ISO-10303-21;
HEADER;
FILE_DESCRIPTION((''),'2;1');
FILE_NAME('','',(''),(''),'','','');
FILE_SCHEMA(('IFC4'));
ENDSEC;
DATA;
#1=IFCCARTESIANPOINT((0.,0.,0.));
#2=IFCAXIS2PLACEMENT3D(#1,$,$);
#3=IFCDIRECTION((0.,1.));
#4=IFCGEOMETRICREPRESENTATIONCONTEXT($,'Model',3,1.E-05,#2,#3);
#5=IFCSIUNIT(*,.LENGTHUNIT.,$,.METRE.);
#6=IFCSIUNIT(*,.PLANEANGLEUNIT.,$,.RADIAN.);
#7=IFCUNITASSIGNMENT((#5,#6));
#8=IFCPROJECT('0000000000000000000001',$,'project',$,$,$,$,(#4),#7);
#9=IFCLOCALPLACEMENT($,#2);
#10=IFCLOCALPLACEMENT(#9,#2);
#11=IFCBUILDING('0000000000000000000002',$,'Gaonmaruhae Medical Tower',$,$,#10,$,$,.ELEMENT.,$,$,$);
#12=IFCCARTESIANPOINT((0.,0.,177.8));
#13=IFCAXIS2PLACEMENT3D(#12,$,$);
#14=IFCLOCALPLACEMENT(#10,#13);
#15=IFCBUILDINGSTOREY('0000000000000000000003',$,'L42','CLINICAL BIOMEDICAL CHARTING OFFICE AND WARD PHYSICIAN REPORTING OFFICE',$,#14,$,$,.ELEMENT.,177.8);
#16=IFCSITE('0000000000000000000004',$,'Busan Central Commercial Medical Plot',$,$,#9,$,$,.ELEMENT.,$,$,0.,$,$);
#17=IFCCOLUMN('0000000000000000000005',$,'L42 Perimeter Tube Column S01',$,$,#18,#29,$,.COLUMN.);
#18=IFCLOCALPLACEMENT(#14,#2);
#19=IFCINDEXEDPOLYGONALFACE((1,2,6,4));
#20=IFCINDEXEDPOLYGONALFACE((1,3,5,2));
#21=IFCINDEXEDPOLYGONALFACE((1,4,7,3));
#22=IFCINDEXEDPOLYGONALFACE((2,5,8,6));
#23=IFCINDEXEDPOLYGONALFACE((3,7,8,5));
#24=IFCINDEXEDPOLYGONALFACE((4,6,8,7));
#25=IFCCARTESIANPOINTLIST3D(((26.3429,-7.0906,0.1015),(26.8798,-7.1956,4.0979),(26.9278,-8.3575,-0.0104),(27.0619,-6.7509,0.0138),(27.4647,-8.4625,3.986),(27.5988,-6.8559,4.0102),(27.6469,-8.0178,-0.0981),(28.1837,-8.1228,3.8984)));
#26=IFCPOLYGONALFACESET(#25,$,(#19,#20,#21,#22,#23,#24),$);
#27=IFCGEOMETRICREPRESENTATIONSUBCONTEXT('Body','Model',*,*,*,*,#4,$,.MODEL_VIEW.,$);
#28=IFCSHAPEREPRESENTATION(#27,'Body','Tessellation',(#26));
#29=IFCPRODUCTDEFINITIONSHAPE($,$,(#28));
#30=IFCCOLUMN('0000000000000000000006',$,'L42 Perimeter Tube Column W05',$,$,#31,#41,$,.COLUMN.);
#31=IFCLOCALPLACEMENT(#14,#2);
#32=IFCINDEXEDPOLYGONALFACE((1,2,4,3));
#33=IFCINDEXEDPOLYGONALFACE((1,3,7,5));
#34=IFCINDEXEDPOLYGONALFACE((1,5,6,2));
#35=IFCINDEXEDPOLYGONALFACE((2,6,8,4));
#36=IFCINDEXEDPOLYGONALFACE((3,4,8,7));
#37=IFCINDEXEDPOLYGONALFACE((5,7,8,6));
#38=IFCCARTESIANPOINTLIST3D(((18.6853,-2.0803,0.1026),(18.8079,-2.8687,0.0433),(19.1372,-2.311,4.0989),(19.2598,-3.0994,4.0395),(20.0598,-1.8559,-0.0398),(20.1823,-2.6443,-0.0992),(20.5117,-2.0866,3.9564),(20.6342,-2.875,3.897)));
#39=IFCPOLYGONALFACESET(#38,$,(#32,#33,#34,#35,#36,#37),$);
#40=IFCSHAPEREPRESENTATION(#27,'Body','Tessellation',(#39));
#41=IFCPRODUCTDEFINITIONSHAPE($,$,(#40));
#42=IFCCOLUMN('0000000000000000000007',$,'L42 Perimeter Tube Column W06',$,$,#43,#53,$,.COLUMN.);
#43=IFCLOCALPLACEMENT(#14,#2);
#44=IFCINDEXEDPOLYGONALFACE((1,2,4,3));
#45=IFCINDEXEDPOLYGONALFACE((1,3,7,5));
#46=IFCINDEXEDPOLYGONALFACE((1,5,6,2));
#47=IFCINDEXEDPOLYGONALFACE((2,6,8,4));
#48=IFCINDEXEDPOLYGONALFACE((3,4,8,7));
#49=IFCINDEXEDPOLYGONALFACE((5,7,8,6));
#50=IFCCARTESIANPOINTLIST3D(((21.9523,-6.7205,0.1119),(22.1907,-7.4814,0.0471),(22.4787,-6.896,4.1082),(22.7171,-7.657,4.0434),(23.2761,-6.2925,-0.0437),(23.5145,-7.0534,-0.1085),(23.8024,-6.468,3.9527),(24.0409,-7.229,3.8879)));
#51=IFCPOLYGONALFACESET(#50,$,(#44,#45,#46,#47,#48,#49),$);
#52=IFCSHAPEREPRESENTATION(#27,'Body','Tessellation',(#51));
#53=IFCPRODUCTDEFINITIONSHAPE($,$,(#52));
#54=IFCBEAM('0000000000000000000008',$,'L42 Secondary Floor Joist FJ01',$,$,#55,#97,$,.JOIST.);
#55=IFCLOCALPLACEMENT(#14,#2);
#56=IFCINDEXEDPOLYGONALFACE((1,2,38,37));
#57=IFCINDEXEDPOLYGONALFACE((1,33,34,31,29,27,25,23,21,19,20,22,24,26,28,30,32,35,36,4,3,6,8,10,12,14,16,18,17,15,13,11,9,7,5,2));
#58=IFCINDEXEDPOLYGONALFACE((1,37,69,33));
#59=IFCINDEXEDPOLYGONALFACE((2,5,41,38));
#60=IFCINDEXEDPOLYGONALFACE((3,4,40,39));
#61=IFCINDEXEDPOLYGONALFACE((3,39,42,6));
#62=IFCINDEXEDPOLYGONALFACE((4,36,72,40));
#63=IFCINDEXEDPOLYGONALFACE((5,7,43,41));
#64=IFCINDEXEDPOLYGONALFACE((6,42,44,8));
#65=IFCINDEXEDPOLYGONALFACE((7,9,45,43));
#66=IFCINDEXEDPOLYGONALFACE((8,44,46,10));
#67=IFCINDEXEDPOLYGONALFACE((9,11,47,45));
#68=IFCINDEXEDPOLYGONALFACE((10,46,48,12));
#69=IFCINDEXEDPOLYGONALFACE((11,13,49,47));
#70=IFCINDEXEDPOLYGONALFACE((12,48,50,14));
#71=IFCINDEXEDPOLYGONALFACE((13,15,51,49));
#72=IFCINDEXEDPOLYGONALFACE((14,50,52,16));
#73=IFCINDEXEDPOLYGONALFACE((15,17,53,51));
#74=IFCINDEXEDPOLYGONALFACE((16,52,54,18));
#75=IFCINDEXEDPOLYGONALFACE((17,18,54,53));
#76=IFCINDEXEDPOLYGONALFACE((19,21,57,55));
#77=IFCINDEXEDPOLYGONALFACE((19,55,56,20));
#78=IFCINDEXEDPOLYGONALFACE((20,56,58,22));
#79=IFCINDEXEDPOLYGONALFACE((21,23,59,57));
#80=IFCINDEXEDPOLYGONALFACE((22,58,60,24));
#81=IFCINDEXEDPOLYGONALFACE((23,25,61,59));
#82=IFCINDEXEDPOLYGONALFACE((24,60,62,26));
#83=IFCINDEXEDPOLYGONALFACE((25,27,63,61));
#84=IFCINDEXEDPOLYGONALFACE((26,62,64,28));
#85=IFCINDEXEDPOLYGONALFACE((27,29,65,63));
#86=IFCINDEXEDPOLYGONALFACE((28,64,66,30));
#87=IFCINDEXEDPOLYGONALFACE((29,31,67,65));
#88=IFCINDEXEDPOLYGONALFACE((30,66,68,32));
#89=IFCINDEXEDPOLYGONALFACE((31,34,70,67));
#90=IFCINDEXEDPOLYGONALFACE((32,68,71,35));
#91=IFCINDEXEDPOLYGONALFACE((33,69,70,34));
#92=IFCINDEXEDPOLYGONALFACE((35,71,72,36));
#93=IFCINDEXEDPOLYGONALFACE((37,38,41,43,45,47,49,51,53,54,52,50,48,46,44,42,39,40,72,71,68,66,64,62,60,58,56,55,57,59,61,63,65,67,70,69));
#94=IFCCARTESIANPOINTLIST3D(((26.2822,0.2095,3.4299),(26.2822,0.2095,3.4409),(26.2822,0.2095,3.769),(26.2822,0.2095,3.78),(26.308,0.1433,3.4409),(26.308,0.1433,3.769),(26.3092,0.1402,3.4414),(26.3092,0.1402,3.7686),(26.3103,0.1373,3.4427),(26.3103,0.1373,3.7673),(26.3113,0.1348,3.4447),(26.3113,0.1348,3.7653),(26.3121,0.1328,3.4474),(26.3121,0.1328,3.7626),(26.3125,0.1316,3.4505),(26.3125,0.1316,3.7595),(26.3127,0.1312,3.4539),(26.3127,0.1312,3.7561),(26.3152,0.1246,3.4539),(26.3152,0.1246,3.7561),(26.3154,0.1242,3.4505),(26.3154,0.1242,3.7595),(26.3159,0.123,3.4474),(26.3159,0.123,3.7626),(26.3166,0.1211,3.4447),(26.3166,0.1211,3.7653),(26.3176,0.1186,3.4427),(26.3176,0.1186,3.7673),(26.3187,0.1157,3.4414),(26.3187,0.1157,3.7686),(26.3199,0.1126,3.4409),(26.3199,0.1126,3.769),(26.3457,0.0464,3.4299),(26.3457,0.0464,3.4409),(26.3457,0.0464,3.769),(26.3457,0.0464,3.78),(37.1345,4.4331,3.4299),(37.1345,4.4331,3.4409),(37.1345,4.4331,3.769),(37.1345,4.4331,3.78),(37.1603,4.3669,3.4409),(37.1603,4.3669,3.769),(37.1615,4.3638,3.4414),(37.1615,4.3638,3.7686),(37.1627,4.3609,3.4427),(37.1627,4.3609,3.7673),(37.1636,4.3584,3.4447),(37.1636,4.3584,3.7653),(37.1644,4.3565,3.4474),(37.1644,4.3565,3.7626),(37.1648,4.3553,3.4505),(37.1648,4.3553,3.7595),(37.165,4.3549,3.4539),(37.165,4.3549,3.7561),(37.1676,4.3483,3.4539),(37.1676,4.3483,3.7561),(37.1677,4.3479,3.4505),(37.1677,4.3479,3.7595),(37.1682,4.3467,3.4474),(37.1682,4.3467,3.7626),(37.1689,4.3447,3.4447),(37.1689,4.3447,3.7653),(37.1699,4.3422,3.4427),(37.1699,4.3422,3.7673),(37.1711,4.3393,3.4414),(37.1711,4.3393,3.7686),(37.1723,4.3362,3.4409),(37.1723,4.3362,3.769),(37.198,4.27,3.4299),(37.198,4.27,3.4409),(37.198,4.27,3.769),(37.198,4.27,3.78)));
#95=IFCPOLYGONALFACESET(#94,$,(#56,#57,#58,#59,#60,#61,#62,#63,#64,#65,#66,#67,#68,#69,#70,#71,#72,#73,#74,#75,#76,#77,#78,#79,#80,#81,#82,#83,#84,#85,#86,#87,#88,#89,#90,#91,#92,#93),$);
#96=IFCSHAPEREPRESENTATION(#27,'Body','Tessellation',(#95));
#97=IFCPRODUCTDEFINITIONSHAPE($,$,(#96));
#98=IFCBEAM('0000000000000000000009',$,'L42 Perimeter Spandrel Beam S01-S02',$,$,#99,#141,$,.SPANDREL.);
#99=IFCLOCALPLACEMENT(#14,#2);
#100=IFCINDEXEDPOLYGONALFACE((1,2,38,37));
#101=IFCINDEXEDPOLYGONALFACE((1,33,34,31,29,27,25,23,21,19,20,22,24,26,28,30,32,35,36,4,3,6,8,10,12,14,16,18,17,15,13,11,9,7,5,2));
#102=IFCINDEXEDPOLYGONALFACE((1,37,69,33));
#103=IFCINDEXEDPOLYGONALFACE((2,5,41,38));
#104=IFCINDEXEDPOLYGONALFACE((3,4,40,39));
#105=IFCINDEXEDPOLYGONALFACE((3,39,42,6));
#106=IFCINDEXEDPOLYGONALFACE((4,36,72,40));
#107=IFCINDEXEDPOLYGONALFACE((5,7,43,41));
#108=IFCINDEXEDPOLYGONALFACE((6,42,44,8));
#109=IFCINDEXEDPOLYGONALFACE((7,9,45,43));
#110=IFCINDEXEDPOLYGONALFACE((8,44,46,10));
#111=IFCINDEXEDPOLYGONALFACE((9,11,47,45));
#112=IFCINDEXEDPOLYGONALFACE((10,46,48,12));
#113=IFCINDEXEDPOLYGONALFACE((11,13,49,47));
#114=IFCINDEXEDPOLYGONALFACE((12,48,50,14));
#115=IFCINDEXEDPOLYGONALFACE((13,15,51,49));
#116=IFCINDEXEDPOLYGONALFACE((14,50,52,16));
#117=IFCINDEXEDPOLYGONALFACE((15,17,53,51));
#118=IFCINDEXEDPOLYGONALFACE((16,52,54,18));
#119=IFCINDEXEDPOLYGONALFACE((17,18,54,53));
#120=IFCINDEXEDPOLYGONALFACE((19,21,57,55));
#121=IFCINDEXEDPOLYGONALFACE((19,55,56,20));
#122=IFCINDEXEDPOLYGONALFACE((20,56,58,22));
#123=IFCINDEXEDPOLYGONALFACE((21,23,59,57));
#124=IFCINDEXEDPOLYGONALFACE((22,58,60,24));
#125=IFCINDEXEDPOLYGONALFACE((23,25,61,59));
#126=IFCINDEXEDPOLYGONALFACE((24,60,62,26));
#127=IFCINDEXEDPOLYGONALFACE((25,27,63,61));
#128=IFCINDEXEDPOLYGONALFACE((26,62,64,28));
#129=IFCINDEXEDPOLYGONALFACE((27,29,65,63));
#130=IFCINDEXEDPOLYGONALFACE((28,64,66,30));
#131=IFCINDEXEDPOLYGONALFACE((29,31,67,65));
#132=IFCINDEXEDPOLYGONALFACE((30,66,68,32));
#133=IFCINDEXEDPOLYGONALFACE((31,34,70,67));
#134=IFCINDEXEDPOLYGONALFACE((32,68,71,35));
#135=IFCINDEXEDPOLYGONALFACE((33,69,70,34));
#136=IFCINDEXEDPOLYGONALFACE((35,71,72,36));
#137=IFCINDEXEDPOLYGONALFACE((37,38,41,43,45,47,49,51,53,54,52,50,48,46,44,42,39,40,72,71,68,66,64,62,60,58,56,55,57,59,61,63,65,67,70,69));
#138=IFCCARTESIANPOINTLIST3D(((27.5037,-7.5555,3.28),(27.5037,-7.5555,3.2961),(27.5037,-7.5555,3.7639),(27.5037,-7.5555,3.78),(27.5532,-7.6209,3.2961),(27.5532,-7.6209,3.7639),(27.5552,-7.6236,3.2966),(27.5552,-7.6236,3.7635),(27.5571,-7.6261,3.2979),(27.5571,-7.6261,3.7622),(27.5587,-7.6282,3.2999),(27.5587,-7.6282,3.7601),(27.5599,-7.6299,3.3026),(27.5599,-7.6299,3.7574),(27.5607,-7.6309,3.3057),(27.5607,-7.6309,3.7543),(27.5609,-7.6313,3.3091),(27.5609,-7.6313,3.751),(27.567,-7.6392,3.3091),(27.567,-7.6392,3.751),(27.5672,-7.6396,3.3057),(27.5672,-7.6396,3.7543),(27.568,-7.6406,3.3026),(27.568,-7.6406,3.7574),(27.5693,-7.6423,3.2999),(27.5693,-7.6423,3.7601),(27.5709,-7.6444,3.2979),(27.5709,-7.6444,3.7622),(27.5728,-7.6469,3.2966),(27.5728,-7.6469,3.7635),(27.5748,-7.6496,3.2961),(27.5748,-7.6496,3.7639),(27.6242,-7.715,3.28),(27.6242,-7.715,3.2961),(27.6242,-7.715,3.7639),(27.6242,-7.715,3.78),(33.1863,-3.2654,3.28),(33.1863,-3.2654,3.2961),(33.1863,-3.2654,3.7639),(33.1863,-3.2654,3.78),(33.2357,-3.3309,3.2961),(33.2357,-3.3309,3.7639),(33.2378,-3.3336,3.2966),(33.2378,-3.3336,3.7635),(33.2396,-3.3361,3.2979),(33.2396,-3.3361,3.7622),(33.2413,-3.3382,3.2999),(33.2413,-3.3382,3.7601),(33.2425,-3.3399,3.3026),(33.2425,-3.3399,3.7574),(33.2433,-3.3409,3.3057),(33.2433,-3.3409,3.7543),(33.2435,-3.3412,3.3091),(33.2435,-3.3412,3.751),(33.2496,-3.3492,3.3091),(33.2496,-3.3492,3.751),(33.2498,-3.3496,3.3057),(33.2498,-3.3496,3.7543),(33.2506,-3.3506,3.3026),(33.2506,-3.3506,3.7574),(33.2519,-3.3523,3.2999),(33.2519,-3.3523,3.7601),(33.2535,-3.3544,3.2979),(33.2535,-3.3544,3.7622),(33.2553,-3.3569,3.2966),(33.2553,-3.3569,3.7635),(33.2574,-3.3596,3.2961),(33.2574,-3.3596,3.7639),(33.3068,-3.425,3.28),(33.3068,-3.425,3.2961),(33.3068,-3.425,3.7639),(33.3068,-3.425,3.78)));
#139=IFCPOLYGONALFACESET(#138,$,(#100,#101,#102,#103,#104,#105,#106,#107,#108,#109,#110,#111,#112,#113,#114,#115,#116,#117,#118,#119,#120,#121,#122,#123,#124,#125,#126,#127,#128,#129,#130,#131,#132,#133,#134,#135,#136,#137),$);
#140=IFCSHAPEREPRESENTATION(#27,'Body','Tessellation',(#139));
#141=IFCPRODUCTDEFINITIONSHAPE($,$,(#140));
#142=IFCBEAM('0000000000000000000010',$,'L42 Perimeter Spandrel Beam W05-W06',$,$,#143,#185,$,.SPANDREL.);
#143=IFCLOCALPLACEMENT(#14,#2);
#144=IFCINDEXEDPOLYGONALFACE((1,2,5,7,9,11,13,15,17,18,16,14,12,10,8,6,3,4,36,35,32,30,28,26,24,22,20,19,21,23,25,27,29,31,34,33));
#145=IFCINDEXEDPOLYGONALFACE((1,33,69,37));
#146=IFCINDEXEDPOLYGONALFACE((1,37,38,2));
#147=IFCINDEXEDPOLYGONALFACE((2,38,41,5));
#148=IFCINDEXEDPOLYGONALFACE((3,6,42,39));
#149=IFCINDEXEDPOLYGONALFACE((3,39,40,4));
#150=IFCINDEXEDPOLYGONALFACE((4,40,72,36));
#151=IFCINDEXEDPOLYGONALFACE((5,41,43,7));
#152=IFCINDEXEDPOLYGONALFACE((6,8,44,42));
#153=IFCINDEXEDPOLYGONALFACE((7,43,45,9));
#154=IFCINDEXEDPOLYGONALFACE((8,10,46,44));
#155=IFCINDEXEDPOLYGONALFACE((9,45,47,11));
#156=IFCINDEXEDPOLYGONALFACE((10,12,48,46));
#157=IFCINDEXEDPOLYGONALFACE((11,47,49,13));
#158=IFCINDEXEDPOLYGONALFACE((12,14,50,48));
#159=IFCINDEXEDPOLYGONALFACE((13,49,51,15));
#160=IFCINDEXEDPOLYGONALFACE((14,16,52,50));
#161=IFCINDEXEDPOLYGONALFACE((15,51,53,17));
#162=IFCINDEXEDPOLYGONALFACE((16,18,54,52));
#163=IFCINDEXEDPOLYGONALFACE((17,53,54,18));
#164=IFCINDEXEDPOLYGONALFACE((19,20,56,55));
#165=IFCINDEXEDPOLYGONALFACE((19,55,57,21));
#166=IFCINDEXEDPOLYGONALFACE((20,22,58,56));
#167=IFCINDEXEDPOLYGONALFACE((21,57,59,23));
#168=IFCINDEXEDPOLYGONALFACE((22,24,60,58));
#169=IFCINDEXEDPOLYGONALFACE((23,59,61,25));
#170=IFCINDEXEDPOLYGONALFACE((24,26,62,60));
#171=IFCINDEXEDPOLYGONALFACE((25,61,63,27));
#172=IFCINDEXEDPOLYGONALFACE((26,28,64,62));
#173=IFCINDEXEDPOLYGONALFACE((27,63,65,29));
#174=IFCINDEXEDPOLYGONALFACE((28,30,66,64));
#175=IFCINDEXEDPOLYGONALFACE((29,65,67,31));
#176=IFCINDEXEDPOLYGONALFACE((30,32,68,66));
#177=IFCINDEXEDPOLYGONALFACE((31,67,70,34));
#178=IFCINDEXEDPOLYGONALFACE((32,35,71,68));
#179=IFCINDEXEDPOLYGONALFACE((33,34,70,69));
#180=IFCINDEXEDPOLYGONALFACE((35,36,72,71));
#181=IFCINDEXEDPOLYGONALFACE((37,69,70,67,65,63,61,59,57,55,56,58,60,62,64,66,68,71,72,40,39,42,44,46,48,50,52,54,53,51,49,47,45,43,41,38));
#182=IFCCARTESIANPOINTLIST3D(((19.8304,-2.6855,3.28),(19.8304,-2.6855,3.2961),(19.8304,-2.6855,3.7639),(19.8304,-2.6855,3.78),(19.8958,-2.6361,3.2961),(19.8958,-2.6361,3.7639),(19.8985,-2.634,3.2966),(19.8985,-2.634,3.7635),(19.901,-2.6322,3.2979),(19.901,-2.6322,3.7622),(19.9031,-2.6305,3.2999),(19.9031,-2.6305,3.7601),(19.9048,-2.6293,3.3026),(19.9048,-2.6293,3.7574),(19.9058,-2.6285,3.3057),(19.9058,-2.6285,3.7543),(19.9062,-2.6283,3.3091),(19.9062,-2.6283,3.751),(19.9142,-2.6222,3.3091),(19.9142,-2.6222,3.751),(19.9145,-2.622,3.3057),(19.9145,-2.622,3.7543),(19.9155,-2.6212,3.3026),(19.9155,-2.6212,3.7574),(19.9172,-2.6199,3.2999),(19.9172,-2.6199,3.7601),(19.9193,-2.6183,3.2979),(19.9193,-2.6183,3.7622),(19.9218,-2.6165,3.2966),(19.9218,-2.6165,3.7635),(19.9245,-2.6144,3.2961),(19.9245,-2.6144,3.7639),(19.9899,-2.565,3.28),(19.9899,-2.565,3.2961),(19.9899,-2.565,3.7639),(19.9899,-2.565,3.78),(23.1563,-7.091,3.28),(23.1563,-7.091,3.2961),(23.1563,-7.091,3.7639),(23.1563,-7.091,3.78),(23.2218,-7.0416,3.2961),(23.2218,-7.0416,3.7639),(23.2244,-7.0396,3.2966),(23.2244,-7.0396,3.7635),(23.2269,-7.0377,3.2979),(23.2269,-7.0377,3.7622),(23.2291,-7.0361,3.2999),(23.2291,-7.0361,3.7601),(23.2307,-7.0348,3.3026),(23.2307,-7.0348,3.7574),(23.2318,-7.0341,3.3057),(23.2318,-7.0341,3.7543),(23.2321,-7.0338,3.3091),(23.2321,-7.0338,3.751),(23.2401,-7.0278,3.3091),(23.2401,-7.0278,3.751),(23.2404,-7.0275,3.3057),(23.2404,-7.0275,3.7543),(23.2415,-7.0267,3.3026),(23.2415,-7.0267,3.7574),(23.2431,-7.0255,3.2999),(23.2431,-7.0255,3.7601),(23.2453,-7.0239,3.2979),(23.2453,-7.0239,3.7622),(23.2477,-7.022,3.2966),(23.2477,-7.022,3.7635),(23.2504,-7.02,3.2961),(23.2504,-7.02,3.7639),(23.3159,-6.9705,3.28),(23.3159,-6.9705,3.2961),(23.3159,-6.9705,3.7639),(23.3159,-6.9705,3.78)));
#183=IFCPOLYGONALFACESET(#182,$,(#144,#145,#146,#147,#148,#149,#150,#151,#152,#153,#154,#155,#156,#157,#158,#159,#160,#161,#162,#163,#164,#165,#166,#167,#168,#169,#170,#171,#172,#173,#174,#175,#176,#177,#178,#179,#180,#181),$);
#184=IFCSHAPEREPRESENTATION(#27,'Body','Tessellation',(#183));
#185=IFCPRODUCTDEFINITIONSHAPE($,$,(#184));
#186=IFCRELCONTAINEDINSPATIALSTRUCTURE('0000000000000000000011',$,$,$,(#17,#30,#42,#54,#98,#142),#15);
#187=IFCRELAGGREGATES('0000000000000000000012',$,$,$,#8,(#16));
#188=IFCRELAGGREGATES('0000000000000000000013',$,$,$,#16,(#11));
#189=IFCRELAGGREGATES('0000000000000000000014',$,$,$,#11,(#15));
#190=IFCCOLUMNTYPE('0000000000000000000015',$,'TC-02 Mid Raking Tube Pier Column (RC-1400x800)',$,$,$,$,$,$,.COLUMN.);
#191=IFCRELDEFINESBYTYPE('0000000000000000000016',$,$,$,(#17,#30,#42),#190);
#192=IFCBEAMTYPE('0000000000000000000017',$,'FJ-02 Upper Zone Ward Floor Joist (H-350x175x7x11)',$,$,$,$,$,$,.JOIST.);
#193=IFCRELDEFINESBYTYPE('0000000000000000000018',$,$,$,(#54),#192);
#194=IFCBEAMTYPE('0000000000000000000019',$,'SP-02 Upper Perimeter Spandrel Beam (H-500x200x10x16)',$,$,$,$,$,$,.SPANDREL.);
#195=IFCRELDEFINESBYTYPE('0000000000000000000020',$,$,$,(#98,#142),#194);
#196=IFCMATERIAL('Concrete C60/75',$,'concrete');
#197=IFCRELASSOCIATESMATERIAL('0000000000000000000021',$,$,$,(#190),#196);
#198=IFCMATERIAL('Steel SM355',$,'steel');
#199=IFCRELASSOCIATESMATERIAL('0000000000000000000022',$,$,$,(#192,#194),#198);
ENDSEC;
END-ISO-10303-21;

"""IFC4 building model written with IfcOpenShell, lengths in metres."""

from ifc_helpers import new_model, si_unit, direction, frame, origin, origin_2d, place, context, subcontext, project, spatial, rectangle, i_section, extrude, material, material_profile, profile_set, type_object, element, save


model = new_model("IFC4")

# Units and contexts
model_context = context("Model", 3, precision=1e-05, world=origin(), true_north=direction((0.0, 1.0)))
body_context = subcontext(model_context, "Body", "Model", "MODEL_VIEW")
ifc_project = project(units=[si_unit("LENGTHUNIT", "METRE"), si_unit("PLANEANGLEUNIT", "RADIAN")], contexts=[model_context])

# Site, building, storey
site_placement = place(None, origin())
site = spatial("IfcSite", under=ifc_project, at=site_placement, Name="Busan Central Commercial Medical Plot", CompositionType="ELEMENT", RefElevation=0.0)
building_placement = place(site_placement, origin())
building = spatial("IfcBuilding", under=site, at=building_placement, Name="Gaonmaruhae Medical Tower", CompositionType="ELEMENT")
storey_placement = place(building_placement, frame((0.0, 0.0, 177.8)))
storey = spatial("IfcBuildingStorey", under=building, at=storey_placement, Name="L42", Description="CLINICAL BIOMEDICAL CHARTING OFFICE AND WARD PHYSICIAN REPORTING OFFICE", CompositionType="ELEMENT", Elevation=177.8)

# Columns
ifc_material_1 = material(Name="Concrete C60/75", Category="concrete")
ifc_material_profile_1 = material_profile(ifc_material_1, rectangle(XDim=1.3999, YDim=0.8, at=origin_2d()), Name="RC-1400x800")
ifc_profile_set_1 = profile_set([ifc_material_profile_1], Name="Concrete C60/75")
column_type = type_object("IfcColumnType", Name="TC-02 Mid Raking Tube Pier Column (RC-1400x800)", PredefinedType="COLUMN", material=ifc_profile_set_1)
column_1_placement = place(storey_placement, frame((26.9949, -7.5542, 0.0017), z_axis=(0.133098, -0.026026, 0.990761), x_axis=(-0.417842, 0.904999, 0.079906)))
element("IfcColumn", 1, at=column_1_placement, inside=storey, type_object=column_type, Name="L42 Perimeter Tube Column S01", PredefinedType="COLUMN", context=body_context, shape_type="SweptSolid", body=[
    extrude(rectangle(XDim=1.3999, YDim=0.8, at=origin_2d()), origin(), (0.0, 0.0, 1.0), 4.0337),
])
column_2_placement = place(storey_placement, frame((19.4338, -2.3623, 0.0017), z_axis=(0.112179, -0.057271, 0.992036), x_axis=(-0.981809, -0.160293, 0.101769)))
element("IfcColumn", 2, at=column_2_placement, inside=storey, type_object=column_type, Name="L42 Perimeter Tube Column W05", PredefinedType="COLUMN", context=body_context, shape_type="SweptSolid", body=[
    extrude(rectangle(XDim=1.3999, YDim=0.8, at=origin_2d()), origin(), (0.0, 0.0, 1.0), 4.0283),
])
column_3_placement = place(storey_placement, frame((22.7334, -6.887, 0.0017), z_axis=(0.130461, -0.043507, 0.990498), x_axis=(-0.945606, -0.305748, 0.111118)))
element("IfcColumn", 3, at=column_3_placement, inside=storey, type_object=column_type, Name="L42 Perimeter Tube Column W06", PredefinedType="COLUMN", context=body_context, shape_type="SweptSolid", body=[
    extrude(rectangle(XDim=1.3999, YDim=0.8, at=origin_2d()), origin(), (0.0, 0.0, 1.0), 4.0347),
])

# Beams
ifc_material_2 = material(Name="Steel SM355", Category="steel")
ifc_material_profile_2 = material_profile(ifc_material_2, i_section(OverallWidth=0.175, OverallDepth=0.3501, WebThickness=0.0071, FlangeThickness=0.011, FilletRadius=0.0129, at=origin_2d()), Name="H-350x175x7x11")
ifc_profile_set_2 = profile_set([ifc_material_profile_2], Name="Steel SM355")
beam_type_1 = type_object("IfcBeamType", Name="FJ-02 Upper Zone Ward Floor Joist (H-350x175x7x11)", PredefinedType="JOIST", material=ifc_profile_set_2)
beam_1_placement = place(storey_placement, frame((26.314, 0.1279, 3.605), z_axis=(0.931909, 0.362692, 0.0), x_axis=(-0.362692, 0.931909, 0.0)))
element("IfcBeam", 4, at=beam_1_placement, inside=storey, type_object=beam_type_1, Name="L42 Secondary Floor Joist FJ01", PredefinedType="JOIST", context=body_context, shape_type="SweptSolid", body=[
    extrude(i_section(OverallWidth=0.175, OverallDepth=0.3501, WebThickness=0.0071, FlangeThickness=0.011, FilletRadius=0.0129, at=origin_2d()), origin(), (0.0, 0.0, 1.0), 11.6453),
])
ifc_material_profile_3 = material_profile(ifc_material_2, i_section(OverallWidth=0.2, OverallDepth=0.5, WebThickness=0.01, FlangeThickness=0.0161, FilletRadius=0.0129, at=origin_2d()), Name="H-500x200x10x16")
ifc_profile_set_3 = profile_set([ifc_material_profile_3], Name="Steel SM355")
beam_type_2 = type_object("IfcBeamType", Name="SP-02 Upper Perimeter Spandrel Beam (H-500x200x10x16)", PredefinedType="SPANDREL", material=ifc_profile_set_3)
beam_2_placement = place(storey_placement, frame((27.564, -7.6353, 3.53), z_axis=(0.798103, 0.602521, 0.0), x_axis=(-0.602521, 0.798103, 0.0)))
element("IfcBeam", 5, at=beam_2_placement, inside=storey, type_object=beam_type_2, Name="L42 Perimeter Spandrel Beam S01-S02", PredefinedType="SPANDREL", context=body_context, shape_type="SweptSolid", body=[
    extrude(i_section(OverallWidth=0.2, OverallDepth=0.5, WebThickness=0.01, FlangeThickness=0.0161, FilletRadius=0.0129, at=origin_2d()), origin(), (0.0, 0.0, 1.0), 7.1201),
])
beam_3_placement = place(storey_placement, frame((19.9102, -2.6252, 3.53), z_axis=(0.602523, -0.798101, 0.0), x_axis=(0.798101, 0.602523, 0.0)))
element("IfcBeam", 6, at=beam_3_placement, inside=storey, type_object=beam_type_2, Name="L42 Perimeter Spandrel Beam W05-W06", PredefinedType="SPANDREL", context=body_context, shape_type="SweptSolid", body=[
    extrude(i_section(OverallWidth=0.2, OverallDepth=0.5, WebThickness=0.01, FlangeThickness=0.0161, FilletRadius=0.0129, at=origin_2d()), origin(), (0.0, 0.0, 1.0), 5.52),
])

save(model, "model.ifc")
